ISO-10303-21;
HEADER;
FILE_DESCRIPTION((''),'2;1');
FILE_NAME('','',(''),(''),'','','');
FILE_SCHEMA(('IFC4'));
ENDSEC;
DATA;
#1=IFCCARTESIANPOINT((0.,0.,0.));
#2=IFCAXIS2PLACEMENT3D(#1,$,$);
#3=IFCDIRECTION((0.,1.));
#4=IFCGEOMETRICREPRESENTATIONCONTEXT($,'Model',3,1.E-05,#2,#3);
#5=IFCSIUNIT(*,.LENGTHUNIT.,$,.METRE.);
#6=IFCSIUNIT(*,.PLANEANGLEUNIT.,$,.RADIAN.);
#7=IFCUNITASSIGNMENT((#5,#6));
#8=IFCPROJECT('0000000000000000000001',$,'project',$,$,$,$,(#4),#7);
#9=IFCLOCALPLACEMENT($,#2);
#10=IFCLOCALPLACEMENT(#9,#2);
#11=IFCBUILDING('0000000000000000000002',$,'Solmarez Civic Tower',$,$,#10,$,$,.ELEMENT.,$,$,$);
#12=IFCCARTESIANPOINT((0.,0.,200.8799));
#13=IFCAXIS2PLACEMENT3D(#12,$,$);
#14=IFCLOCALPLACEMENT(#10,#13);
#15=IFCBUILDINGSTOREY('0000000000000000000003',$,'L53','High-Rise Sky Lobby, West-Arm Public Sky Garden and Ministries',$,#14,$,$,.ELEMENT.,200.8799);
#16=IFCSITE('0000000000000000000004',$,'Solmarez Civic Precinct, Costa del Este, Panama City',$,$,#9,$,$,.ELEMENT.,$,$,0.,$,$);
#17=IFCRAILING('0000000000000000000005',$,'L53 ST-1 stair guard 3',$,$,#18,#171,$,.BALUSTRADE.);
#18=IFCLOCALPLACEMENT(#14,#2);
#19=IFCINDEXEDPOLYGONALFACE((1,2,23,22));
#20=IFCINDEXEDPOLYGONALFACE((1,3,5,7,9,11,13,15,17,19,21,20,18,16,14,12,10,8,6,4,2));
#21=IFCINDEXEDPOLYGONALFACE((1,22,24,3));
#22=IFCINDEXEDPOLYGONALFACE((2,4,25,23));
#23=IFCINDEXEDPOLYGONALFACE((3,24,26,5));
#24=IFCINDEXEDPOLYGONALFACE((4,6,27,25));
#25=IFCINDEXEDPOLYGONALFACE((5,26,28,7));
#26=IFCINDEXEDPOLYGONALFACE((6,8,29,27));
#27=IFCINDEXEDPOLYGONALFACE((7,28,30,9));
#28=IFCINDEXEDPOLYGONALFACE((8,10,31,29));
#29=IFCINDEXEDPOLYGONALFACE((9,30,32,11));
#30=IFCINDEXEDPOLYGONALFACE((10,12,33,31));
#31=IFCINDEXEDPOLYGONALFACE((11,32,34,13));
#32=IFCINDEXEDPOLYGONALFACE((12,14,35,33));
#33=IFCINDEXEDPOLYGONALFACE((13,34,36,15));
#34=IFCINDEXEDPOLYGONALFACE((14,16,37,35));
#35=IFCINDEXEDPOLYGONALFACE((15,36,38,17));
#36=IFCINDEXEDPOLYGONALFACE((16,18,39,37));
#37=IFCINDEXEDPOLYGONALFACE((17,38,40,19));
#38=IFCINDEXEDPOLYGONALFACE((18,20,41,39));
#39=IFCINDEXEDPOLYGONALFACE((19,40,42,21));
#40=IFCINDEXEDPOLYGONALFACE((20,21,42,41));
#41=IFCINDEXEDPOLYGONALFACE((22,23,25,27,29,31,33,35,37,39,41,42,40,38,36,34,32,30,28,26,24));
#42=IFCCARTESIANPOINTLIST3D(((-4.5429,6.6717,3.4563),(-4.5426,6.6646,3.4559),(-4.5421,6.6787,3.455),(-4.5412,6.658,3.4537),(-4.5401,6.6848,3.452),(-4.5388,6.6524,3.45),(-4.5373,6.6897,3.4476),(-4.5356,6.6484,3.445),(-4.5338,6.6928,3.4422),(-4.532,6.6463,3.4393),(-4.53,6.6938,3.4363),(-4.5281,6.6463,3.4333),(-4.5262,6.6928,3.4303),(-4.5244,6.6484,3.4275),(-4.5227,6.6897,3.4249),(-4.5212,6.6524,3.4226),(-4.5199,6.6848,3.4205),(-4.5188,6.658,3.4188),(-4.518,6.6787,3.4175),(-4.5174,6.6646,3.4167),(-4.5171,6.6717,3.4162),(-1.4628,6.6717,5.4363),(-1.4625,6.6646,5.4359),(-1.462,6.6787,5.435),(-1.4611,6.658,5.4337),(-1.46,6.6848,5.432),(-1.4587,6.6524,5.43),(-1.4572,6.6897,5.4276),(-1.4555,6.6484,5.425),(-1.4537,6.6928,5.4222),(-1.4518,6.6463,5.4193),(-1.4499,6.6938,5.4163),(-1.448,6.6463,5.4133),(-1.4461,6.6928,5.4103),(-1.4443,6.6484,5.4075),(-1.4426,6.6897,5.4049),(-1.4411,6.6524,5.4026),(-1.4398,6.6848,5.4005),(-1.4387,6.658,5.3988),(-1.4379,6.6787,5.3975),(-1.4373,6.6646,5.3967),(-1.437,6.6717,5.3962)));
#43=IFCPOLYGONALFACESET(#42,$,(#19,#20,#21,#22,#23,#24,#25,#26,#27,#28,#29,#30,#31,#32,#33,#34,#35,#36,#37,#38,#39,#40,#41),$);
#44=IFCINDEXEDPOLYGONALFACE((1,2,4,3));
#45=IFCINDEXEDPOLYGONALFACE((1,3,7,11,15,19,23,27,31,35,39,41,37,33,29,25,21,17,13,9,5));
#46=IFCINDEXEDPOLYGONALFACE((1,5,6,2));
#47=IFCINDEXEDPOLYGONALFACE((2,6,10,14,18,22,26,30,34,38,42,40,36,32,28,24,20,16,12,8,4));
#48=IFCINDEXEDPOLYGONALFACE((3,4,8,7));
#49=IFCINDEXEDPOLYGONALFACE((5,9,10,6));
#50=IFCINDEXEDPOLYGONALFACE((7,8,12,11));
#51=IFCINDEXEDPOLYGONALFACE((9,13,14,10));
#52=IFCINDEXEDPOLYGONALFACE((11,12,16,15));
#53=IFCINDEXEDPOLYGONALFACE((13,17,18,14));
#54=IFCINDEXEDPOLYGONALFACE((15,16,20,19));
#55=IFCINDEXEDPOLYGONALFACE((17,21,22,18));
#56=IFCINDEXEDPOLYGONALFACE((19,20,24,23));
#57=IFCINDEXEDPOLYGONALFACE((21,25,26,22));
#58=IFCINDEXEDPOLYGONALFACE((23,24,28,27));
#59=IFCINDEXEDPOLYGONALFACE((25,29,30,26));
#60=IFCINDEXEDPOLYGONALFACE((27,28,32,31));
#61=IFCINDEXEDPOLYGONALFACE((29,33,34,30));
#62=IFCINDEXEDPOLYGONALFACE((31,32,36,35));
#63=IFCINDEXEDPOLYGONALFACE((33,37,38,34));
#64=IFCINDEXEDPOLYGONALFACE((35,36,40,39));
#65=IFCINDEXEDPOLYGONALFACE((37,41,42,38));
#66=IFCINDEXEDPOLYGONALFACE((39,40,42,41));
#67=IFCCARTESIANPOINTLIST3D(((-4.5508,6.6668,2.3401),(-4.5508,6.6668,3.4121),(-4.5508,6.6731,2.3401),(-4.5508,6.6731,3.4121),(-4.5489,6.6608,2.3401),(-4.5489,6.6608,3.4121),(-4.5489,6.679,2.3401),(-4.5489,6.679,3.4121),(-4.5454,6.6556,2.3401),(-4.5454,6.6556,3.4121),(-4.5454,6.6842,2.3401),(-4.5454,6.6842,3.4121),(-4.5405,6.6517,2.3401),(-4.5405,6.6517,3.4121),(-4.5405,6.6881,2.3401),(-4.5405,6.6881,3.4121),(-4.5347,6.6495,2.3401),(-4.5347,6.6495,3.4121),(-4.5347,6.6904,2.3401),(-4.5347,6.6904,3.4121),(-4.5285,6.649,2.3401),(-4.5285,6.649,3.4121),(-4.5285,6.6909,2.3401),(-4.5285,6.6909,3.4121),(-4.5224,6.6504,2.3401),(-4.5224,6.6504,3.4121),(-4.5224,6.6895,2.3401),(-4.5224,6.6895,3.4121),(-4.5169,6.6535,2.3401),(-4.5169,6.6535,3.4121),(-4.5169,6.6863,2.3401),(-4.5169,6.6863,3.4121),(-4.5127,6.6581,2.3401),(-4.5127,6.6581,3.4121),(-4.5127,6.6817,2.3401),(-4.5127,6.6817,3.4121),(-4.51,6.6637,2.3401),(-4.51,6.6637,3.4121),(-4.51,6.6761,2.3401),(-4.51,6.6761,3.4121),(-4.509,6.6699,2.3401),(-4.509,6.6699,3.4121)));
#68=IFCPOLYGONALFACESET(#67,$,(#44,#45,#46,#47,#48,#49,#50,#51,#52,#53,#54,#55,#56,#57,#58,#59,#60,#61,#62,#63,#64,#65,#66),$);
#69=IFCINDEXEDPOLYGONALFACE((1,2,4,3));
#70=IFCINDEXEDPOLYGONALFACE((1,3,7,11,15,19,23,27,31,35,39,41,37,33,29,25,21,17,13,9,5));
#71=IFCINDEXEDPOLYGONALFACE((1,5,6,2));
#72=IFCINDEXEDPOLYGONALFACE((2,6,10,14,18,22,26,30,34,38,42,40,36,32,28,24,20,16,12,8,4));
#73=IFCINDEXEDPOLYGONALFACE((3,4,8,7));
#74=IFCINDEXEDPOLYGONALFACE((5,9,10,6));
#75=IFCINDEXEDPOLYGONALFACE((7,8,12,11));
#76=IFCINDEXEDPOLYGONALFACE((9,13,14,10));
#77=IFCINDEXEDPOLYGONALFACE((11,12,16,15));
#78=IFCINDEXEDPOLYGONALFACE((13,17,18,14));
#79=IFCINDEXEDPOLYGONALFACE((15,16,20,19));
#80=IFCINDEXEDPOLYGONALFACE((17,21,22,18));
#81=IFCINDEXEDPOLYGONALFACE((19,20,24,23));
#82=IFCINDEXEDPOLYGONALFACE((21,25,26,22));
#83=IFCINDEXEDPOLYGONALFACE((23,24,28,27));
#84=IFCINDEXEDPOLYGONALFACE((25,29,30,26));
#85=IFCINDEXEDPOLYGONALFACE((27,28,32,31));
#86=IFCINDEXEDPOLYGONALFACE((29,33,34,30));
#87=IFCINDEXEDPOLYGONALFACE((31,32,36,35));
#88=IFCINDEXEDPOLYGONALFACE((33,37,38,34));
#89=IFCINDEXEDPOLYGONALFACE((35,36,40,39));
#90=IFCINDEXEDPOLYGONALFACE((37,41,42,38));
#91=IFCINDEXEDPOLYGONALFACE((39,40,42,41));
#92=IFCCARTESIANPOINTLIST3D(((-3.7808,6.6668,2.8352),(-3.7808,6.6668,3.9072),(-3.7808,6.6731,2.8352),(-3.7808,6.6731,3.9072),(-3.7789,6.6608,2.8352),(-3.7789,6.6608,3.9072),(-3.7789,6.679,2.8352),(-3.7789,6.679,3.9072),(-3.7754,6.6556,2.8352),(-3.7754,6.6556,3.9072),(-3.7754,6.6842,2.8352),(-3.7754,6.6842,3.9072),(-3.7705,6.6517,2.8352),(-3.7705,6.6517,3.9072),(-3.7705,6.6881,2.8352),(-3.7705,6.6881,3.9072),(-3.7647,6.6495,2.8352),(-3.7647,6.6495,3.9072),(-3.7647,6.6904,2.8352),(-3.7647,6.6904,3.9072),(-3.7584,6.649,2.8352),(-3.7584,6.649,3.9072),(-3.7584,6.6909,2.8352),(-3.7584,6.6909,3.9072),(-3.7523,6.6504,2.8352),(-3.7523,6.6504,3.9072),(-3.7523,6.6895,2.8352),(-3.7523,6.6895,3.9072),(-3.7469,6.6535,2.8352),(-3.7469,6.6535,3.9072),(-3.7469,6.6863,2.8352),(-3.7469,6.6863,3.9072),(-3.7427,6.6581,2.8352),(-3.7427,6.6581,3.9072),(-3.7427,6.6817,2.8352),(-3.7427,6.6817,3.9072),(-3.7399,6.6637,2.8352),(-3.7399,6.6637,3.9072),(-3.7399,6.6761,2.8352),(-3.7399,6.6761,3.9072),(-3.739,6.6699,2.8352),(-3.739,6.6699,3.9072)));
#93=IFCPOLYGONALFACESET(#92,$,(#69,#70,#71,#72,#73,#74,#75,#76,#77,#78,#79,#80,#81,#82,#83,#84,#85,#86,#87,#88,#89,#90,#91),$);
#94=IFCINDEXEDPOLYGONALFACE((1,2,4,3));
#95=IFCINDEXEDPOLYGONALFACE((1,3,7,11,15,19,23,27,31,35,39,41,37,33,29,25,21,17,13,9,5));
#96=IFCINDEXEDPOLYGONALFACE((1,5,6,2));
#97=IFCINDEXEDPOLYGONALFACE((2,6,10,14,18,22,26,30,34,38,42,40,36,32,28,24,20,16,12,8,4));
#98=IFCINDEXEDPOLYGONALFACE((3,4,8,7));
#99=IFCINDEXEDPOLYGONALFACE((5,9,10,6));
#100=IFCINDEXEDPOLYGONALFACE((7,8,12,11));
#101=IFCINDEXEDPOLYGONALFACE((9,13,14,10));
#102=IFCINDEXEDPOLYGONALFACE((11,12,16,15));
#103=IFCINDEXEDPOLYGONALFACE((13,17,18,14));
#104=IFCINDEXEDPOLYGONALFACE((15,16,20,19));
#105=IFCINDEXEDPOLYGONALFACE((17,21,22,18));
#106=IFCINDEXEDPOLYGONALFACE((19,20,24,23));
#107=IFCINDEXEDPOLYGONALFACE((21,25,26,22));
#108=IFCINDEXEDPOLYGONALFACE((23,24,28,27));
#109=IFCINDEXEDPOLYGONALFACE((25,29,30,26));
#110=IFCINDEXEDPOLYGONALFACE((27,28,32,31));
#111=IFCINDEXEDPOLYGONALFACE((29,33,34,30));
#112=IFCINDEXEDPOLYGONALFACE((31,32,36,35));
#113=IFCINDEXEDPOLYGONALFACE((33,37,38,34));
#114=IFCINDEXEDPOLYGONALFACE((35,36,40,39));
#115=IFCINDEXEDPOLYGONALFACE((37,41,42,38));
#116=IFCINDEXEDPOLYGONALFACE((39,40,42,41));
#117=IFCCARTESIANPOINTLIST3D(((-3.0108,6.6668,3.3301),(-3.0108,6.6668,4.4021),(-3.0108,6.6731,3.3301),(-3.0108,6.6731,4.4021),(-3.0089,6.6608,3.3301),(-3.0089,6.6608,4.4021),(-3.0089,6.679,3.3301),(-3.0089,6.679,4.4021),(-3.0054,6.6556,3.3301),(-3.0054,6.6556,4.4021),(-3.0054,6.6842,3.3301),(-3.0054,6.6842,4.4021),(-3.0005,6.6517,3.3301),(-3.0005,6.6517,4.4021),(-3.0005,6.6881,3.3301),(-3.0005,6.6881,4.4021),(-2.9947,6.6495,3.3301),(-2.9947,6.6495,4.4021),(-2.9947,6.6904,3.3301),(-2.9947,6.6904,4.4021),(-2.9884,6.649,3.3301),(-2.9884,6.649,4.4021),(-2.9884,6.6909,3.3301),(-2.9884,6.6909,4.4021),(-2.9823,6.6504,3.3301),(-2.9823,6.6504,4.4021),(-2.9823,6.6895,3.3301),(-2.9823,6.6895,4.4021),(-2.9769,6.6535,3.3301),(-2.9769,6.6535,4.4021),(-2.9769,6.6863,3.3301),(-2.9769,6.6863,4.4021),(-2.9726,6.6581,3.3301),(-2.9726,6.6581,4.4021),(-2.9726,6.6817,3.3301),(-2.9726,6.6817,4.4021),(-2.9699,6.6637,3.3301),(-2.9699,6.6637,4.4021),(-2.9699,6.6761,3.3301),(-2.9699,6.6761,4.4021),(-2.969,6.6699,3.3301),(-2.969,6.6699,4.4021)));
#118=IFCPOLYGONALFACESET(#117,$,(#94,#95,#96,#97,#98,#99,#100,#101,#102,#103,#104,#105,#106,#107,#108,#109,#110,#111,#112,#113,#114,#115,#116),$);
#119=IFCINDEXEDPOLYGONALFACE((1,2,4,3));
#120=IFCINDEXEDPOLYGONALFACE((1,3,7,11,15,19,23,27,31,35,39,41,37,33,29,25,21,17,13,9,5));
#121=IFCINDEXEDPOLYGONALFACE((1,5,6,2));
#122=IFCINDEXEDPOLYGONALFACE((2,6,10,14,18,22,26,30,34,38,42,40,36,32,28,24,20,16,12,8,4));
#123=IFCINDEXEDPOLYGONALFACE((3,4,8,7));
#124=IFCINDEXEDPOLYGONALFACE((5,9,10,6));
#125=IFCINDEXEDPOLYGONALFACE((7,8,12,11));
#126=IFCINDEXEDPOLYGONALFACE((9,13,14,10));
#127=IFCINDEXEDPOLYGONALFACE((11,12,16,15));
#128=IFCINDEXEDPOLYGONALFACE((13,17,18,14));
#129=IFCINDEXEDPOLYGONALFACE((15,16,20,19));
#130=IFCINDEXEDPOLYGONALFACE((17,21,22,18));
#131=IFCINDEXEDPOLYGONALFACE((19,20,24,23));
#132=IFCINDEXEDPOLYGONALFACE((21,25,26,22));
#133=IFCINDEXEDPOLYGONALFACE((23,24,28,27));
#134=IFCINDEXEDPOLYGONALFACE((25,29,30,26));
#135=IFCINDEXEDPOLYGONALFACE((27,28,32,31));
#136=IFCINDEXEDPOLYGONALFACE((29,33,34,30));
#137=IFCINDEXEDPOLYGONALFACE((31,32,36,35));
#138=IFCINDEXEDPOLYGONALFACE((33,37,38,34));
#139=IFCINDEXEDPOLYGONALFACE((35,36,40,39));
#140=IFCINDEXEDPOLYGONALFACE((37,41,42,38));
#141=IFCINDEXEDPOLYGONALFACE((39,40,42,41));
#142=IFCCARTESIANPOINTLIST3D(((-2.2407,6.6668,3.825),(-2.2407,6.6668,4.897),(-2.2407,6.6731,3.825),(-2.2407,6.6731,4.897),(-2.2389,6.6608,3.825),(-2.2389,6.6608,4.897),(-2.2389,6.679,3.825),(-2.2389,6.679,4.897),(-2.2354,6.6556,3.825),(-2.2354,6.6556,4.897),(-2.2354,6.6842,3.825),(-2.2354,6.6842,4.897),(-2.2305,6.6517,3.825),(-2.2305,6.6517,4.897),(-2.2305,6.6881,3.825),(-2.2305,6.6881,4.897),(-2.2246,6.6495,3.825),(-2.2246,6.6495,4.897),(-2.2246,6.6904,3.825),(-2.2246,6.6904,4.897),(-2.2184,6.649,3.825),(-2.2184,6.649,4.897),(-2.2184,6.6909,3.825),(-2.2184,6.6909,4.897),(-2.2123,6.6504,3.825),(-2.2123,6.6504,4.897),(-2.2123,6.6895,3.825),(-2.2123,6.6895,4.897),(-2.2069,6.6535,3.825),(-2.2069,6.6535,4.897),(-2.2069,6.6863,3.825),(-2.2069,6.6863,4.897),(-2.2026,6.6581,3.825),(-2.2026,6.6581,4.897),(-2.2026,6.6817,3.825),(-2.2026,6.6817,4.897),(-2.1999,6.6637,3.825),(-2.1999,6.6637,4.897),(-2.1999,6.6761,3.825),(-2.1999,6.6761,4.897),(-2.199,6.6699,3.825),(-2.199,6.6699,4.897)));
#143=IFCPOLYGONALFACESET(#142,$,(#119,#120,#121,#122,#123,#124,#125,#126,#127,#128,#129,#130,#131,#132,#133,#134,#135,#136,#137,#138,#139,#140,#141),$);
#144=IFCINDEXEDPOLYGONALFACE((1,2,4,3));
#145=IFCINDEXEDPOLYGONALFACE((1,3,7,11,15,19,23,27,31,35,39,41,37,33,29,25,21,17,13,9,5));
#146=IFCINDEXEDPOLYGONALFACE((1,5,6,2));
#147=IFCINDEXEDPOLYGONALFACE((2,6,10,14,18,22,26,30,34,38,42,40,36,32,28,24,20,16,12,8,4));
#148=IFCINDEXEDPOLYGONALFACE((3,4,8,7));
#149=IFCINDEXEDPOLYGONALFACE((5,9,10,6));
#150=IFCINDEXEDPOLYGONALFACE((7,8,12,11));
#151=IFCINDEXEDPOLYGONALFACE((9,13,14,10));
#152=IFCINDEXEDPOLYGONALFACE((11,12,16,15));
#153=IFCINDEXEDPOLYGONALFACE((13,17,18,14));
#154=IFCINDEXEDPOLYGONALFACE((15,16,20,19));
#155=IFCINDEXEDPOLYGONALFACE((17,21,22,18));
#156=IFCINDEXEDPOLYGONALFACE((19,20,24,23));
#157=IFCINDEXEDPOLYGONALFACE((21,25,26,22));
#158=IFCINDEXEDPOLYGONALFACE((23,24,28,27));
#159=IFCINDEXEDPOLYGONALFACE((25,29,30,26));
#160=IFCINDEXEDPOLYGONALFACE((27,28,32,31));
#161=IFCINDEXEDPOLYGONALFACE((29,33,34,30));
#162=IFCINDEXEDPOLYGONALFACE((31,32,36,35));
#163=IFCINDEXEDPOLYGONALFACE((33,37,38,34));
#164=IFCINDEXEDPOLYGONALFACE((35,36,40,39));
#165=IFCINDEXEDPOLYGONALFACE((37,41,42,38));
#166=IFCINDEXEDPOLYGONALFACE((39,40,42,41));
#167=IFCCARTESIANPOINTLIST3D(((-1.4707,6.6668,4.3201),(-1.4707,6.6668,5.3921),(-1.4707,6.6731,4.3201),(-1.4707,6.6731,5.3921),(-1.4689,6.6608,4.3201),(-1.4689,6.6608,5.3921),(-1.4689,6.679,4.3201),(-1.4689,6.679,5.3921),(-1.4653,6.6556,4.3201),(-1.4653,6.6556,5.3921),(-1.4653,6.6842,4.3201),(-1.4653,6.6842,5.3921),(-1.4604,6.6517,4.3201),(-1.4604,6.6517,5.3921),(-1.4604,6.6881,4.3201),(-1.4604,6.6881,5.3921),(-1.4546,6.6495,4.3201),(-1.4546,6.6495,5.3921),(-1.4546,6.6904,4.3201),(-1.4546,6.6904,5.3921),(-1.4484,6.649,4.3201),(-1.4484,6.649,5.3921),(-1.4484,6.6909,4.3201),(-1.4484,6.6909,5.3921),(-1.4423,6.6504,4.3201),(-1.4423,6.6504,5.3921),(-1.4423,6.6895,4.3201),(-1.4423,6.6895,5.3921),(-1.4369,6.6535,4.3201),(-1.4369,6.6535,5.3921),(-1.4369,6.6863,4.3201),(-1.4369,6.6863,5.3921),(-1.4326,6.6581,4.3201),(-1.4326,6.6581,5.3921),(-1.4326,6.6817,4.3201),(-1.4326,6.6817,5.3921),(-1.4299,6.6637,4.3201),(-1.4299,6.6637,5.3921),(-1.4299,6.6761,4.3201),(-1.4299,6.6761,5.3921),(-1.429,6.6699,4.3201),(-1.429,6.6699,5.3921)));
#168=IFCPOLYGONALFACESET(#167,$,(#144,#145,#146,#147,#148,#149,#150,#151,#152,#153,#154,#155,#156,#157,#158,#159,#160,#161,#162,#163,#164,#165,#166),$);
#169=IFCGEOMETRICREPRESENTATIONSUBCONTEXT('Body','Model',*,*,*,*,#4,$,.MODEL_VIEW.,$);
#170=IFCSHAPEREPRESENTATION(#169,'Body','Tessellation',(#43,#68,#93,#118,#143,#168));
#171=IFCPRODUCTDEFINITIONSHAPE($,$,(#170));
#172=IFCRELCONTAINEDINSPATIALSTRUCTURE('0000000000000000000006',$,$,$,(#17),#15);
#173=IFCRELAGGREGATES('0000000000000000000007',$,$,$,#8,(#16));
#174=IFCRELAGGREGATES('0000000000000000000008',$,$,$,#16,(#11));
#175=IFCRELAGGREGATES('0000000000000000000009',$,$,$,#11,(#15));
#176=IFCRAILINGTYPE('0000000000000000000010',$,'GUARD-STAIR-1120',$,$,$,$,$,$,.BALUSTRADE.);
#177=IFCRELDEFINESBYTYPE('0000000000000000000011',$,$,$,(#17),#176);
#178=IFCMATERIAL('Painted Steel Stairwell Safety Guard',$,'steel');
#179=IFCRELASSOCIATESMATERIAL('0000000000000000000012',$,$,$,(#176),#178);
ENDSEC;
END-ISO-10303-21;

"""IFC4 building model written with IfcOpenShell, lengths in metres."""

from ifc_helpers import new_model, si_unit, direction, frame, origin, origin_2d, place, context, subcontext, project, spatial, circle, extrude, material, type_object, element, save


model = new_model("IFC4")

# Units and contexts
model_context = context("Model", 3, precision=1e-05, world=origin(), true_north=direction((0.0, 1.0)))
body_context = subcontext(model_context, "Body", "Model", "MODEL_VIEW")
ifc_project = project(units=[si_unit("LENGTHUNIT", "METRE"), si_unit("PLANEANGLEUNIT", "RADIAN")], contexts=[model_context])

# Site, building, storey
site_placement = place(None, origin())
site = spatial("IfcSite", under=ifc_project, at=site_placement, Name="Solmarez Civic Precinct, Costa del Este, Panama City", CompositionType="ELEMENT", RefElevation=0.0)
building_placement = place(site_placement, origin())
building = spatial("IfcBuilding", under=site, at=building_placement, Name="Solmarez Civic Tower", CompositionType="ELEMENT")
storey_placement = place(building_placement, frame((0.0, 0.0, 200.8799)))
storey = spatial("IfcBuildingStorey", under=building, at=storey_placement, Name="L53", Description="High-Rise Sky Lobby, West-Arm Public Sky Garden and Ministries", CompositionType="ELEMENT", Elevation=200.8799)

# Railing
ifc_material_1 = material(Name="Painted Steel Stairwell Safety Guard", Category="steel")
railing_type_1 = type_object("IfcRailingType", Name="GUARD-STAIR-1120", PredefinedType="BALUSTRADE", material=ifc_material_1)
railing_1_placement = place(storey_placement, frame((-4.53, 6.6699, 2.3401)))
element("IfcRailing", 1, at=railing_1_placement, inside=storey, type_object=railing_type_1, Name="L53 ST-1 stair guard 3", PredefinedType="BALUSTRADE", context=body_context, shape_type="SweptSolid", body=[
    extrude(circle(Radius=0.0239, at=origin_2d()), frame((0.0, 0.0, 1.0962), z_axis=(0.841187, 0.0, 0.540744), x_axis=(0.0, 1.0, 0.0)), (0.0, 0.0, 1.0), 3.6616),
    extrude(circle(Radius=0.021, at=origin_2d()), origin(), (0.0, 0.0, 1.0), 1.072),
    extrude(circle(Radius=0.021, at=origin_2d()), frame((0.77, 0.0, 0.4951)), (0.0, 0.0, 1.0), 1.072),
    extrude(circle(Radius=0.021, at=origin_2d()), frame((1.54, 0.0, 0.99)), (0.0, 0.0, 1.0), 1.072),
    extrude(circle(Radius=0.021, at=origin_2d()), frame((2.3101, 0.0, 1.4849)), (0.0, 0.0, 1.0), 1.072),
    extrude(circle(Radius=0.021, at=origin_2d()), frame((3.0801, 0.0, 1.98)), (0.0, 0.0, 1.0), 1.072),
])

save(model, "model.ifc")
